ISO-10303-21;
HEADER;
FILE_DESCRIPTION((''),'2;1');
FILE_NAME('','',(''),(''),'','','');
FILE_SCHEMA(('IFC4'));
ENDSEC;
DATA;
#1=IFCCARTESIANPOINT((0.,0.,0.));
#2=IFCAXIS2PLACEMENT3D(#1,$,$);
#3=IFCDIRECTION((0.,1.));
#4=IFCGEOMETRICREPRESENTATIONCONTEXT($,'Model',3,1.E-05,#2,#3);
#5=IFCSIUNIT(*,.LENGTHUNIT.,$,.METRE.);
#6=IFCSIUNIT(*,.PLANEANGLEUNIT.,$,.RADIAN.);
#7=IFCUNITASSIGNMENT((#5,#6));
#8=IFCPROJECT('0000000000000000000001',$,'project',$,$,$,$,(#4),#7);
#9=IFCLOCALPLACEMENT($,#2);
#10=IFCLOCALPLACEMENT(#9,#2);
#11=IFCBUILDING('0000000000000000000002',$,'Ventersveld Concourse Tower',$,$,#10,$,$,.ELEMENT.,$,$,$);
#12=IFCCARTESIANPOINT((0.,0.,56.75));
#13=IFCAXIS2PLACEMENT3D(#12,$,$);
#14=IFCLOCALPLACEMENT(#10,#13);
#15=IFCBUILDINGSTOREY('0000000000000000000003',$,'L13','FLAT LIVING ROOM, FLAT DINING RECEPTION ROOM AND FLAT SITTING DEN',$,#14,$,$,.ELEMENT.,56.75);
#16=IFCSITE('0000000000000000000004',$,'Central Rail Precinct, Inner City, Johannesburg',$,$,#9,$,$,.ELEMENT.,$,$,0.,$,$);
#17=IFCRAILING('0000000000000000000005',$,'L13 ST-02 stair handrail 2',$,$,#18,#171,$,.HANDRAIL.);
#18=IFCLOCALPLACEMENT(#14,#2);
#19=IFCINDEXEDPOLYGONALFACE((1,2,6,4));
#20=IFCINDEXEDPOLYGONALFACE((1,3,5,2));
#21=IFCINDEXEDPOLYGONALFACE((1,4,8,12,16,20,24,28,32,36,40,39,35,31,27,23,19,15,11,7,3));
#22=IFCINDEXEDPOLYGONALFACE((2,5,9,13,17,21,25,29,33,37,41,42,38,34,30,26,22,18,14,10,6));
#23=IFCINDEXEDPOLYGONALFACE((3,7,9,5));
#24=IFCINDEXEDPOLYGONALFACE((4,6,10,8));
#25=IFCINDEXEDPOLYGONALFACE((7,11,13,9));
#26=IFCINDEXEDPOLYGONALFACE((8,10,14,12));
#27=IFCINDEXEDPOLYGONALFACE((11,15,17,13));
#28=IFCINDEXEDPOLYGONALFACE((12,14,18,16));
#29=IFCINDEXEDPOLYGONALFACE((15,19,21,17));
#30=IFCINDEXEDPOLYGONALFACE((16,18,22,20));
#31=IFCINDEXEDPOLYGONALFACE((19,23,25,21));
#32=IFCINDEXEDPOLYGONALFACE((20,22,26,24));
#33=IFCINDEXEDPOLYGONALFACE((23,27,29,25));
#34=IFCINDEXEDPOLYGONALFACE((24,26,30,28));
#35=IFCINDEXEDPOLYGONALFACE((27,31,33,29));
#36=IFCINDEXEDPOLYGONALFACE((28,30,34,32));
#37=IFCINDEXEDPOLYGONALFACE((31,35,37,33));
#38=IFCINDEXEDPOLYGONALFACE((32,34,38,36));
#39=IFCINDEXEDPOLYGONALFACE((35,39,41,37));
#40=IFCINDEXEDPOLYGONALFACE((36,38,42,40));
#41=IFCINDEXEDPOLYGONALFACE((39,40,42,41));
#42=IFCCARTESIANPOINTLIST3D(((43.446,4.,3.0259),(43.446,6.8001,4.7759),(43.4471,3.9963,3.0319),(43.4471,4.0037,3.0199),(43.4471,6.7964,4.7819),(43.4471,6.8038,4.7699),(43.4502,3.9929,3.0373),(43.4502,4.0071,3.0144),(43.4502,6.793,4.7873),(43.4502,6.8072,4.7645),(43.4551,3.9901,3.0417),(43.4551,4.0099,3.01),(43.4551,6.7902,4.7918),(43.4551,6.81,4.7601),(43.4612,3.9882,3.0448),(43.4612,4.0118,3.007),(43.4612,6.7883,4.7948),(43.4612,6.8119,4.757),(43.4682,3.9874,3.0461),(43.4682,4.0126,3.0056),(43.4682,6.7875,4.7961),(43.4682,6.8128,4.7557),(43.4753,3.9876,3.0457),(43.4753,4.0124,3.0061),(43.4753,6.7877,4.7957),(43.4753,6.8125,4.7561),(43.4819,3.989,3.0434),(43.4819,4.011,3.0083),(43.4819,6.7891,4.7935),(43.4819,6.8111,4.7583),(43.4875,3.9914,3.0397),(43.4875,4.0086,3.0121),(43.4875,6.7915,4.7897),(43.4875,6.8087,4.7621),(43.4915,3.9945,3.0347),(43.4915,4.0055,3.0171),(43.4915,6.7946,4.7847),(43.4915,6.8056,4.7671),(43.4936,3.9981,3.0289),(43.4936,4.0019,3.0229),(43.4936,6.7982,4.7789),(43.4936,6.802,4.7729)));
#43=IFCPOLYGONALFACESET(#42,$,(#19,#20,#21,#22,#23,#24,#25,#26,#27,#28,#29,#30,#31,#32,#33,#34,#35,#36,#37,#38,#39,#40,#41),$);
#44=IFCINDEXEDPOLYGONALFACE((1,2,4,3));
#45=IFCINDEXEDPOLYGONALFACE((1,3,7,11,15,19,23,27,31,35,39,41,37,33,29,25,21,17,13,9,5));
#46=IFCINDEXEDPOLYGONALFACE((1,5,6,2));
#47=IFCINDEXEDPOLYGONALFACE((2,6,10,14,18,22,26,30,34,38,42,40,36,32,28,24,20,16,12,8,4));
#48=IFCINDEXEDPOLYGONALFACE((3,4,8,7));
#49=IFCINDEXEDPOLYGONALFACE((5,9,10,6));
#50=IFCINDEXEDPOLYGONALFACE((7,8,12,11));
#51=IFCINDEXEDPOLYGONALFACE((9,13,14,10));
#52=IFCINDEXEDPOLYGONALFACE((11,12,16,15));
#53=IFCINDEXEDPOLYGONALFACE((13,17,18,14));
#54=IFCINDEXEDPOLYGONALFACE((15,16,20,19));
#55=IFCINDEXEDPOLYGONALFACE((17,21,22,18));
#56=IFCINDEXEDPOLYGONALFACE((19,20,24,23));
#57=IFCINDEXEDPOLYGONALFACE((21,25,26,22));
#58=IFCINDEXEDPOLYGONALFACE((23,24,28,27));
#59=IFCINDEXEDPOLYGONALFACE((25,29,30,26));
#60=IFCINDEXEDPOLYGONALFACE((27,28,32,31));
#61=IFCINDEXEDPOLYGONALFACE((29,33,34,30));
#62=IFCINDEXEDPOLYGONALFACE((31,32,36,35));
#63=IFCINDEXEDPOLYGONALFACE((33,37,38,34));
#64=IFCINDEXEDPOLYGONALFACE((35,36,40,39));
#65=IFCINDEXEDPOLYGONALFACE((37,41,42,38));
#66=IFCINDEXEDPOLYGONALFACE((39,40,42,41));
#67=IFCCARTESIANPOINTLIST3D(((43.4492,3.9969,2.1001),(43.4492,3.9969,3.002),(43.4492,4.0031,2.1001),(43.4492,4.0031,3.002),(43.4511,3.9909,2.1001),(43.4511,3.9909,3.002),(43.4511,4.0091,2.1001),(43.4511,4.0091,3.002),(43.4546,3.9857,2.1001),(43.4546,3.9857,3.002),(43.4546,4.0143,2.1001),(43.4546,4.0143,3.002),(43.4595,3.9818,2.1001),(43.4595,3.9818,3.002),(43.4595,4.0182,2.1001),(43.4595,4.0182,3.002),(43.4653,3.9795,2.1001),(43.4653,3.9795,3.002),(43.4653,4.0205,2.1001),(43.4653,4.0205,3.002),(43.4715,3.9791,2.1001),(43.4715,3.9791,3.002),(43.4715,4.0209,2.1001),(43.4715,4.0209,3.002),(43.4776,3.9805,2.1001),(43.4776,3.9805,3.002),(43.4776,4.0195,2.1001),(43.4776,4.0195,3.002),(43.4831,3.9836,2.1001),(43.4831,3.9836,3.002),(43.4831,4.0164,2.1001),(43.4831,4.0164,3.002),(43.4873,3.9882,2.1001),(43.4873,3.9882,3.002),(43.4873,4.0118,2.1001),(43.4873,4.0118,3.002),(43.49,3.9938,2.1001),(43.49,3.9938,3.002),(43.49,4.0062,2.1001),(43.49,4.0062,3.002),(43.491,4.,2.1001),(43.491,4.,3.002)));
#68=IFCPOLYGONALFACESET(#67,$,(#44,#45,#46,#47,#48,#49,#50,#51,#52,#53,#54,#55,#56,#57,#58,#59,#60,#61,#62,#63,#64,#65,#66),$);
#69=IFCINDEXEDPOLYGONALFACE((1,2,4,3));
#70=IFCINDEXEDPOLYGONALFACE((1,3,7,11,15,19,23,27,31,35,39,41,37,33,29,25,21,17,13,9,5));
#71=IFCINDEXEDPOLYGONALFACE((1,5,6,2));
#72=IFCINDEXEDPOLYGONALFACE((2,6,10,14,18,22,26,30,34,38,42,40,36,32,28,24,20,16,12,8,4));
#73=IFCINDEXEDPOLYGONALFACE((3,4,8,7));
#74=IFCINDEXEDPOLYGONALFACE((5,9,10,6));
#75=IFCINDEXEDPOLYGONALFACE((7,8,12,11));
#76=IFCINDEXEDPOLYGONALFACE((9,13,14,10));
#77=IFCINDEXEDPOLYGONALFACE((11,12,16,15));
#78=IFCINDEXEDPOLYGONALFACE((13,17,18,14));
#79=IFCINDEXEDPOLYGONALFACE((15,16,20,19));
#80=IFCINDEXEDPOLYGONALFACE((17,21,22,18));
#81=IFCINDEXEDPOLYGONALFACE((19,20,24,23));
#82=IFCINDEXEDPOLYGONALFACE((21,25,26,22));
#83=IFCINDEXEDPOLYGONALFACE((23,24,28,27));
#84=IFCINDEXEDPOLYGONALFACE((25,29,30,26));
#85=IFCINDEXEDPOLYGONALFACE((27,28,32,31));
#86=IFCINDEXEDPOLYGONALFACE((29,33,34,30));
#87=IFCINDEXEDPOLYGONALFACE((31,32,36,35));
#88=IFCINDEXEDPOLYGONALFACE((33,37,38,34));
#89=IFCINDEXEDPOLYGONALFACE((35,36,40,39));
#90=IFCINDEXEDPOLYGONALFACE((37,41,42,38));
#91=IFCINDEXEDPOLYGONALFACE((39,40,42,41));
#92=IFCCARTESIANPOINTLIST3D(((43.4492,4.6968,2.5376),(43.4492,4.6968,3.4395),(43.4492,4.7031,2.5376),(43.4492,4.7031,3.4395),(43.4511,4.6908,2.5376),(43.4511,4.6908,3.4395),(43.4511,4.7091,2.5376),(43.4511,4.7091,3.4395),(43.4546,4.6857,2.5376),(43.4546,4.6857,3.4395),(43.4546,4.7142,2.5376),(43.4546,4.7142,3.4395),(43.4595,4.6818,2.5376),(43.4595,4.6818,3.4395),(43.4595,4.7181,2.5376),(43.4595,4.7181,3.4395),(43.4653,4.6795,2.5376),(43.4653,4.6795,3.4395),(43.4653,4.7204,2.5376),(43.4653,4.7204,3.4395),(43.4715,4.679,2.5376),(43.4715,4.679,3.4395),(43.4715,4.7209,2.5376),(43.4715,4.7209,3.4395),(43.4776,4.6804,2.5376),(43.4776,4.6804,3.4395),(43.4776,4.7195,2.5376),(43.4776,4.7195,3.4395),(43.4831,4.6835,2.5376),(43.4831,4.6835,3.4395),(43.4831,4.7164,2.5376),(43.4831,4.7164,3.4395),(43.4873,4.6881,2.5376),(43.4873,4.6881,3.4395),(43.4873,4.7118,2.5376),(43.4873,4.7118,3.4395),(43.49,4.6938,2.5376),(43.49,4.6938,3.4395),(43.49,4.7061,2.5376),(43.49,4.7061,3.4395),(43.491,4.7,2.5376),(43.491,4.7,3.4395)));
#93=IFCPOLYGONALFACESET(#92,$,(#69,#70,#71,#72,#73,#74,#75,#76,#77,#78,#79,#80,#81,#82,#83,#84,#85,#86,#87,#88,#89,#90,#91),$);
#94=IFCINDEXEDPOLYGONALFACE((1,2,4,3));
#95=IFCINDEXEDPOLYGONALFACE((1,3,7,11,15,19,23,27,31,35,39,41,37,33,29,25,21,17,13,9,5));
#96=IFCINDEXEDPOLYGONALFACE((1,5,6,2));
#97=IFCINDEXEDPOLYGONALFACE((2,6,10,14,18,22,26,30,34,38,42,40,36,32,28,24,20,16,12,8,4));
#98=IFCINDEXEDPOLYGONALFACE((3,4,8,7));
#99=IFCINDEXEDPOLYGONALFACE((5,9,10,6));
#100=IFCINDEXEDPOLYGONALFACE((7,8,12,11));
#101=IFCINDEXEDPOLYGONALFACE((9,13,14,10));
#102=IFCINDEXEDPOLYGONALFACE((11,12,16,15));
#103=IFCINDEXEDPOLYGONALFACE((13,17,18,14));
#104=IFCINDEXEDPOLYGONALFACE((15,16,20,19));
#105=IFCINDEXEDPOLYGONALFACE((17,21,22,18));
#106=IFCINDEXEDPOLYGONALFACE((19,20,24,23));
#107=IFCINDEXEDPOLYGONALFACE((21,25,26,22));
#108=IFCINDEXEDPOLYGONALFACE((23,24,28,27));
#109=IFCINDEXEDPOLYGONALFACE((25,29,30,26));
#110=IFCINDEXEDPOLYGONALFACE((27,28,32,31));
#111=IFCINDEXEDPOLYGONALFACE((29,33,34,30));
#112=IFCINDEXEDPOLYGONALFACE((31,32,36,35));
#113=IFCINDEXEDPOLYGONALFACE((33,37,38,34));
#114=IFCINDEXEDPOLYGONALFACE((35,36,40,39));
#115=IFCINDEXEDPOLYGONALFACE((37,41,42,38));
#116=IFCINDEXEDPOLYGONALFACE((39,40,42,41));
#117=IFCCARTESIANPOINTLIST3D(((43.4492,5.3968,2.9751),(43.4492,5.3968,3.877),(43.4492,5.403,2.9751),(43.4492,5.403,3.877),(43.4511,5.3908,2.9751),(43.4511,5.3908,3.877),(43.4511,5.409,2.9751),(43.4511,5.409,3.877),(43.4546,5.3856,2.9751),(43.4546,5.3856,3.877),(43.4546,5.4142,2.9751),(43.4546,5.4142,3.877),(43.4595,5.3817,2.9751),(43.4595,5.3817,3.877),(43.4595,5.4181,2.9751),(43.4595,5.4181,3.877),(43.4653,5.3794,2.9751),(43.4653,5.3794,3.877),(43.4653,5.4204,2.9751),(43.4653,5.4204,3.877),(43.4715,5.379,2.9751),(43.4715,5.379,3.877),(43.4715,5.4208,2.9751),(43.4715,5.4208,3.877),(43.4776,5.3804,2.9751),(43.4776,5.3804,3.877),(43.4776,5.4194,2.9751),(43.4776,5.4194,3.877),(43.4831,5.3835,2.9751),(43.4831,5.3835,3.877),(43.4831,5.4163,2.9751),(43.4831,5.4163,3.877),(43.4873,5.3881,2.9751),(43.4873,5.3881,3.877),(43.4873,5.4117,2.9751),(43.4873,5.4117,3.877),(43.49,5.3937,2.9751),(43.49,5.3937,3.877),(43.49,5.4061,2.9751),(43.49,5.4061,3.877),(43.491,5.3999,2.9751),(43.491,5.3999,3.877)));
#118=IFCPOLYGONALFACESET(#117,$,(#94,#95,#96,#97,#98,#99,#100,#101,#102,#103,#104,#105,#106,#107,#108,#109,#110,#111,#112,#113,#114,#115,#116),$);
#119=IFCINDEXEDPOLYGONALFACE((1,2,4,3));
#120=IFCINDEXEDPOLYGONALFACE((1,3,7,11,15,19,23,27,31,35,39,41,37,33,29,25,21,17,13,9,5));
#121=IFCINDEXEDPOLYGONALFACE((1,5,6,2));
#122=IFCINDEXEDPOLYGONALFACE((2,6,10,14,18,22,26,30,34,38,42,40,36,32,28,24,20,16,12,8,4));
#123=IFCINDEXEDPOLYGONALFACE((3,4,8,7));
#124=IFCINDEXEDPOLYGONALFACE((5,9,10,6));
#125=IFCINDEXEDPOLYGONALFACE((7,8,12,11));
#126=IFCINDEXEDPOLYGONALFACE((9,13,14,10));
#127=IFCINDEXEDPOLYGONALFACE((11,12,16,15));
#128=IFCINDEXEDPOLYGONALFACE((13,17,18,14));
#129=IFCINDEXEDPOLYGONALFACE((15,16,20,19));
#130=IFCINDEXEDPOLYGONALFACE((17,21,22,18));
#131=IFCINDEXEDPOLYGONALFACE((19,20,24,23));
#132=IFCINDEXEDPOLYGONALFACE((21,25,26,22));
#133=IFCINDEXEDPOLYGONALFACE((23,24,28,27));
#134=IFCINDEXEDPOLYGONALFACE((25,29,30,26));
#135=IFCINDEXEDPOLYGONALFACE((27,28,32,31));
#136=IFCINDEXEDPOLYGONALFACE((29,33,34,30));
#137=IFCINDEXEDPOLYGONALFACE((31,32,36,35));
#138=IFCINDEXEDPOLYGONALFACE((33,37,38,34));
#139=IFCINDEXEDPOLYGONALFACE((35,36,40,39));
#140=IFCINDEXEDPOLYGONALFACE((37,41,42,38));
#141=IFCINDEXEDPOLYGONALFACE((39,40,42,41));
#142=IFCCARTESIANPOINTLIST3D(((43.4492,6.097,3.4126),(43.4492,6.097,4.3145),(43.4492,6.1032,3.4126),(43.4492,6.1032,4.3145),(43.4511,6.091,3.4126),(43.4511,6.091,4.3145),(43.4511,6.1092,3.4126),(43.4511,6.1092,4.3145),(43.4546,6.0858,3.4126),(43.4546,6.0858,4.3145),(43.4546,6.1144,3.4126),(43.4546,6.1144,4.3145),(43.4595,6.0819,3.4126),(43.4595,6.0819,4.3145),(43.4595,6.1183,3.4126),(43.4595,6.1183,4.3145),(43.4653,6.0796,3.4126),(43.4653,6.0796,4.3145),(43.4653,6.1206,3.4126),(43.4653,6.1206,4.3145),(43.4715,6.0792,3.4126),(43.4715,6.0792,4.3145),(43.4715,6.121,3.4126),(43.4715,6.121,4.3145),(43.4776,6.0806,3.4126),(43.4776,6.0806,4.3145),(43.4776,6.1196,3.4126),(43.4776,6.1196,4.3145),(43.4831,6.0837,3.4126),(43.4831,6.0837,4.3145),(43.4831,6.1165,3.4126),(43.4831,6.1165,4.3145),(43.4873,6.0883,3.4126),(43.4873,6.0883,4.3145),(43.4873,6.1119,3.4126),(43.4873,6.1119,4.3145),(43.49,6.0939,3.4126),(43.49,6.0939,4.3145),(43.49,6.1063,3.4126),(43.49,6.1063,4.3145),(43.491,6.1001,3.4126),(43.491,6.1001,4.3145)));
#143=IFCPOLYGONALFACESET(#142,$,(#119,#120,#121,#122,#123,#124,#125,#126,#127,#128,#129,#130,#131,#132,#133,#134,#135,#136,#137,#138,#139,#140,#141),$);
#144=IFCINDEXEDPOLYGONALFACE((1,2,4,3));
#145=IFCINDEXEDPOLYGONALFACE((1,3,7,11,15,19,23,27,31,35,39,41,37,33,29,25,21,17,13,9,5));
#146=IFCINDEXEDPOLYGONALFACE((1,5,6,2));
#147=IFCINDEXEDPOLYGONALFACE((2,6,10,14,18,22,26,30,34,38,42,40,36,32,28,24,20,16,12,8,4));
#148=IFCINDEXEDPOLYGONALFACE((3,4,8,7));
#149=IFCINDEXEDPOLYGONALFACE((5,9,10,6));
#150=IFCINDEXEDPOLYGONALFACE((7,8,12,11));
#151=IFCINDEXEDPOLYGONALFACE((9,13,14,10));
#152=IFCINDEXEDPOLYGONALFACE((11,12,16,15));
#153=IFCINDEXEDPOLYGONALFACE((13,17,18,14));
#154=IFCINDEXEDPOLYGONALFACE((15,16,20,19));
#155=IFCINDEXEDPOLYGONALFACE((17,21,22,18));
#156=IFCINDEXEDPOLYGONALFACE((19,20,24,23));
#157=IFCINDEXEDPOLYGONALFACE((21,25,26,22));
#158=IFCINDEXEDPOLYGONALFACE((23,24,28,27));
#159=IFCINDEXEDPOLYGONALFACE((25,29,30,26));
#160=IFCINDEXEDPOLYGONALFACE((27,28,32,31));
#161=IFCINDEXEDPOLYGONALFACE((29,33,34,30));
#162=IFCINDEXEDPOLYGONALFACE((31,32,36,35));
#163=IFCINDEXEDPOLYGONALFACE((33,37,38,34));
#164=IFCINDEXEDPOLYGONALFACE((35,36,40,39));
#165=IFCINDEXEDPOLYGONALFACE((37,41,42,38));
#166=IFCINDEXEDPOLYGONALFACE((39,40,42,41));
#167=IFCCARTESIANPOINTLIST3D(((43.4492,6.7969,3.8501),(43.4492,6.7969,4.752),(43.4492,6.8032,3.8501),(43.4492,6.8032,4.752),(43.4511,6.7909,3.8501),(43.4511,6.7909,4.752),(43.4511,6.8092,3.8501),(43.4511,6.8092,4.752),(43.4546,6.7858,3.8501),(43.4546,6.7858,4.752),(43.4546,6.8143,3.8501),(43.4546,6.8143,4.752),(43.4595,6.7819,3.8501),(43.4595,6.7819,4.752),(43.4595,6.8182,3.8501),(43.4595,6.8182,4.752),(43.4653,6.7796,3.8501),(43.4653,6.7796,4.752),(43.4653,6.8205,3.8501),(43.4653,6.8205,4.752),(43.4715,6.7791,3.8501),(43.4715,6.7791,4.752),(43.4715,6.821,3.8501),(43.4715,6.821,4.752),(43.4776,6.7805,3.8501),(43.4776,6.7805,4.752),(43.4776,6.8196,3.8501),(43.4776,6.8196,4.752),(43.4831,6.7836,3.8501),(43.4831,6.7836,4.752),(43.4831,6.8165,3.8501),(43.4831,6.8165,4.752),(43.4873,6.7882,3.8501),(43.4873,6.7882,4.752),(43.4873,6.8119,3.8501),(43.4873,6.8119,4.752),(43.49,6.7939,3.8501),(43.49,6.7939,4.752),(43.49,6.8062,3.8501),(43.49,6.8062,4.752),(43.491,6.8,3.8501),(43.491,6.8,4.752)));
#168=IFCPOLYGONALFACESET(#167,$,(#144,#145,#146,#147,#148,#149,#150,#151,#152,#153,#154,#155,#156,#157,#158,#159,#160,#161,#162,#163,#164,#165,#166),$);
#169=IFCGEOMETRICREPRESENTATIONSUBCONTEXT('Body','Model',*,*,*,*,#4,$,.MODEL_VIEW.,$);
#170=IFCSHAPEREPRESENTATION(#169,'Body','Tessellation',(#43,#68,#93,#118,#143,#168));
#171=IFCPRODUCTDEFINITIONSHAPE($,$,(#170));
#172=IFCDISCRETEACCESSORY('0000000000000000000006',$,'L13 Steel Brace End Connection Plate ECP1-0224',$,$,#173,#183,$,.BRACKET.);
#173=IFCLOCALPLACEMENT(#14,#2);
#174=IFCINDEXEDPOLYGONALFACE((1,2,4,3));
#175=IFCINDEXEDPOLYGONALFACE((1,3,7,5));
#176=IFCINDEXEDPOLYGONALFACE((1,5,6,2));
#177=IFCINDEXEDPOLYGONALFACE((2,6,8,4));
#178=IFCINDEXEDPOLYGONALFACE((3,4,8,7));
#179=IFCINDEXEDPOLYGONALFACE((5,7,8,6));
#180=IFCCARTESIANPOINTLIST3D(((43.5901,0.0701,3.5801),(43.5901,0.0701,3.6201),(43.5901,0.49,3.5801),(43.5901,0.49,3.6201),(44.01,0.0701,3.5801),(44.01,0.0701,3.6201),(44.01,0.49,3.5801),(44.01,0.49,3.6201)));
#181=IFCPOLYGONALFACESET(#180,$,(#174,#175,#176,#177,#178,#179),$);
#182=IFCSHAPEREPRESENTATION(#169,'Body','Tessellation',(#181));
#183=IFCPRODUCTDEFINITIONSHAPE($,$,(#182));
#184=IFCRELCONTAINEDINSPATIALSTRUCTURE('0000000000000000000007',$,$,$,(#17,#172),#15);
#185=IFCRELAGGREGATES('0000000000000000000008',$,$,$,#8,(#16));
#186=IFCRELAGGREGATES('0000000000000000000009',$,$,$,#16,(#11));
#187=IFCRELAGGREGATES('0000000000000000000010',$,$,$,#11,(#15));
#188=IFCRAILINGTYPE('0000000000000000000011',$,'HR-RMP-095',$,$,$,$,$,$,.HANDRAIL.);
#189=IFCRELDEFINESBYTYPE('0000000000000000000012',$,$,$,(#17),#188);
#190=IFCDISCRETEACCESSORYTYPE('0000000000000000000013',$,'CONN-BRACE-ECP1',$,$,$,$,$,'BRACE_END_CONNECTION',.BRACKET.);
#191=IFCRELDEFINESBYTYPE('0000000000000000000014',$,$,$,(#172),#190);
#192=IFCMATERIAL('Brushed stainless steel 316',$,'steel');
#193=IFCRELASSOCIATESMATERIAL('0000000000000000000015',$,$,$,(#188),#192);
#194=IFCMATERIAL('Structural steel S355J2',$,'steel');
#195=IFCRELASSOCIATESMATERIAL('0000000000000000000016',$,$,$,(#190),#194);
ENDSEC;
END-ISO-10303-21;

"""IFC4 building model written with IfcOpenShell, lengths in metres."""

from ifc_helpers import new_model, si_unit, direction, frame, origin, origin_2d, place, context, subcontext, project, spatial, rectangle, circle, extrude, material, type_object, element, save


model = new_model("IFC4")

# Units and contexts
model_context = context("Model", 3, precision=1e-05, world=origin(), true_north=direction((0.0, 1.0)))
body_context = subcontext(model_context, "Body", "Model", "MODEL_VIEW")
ifc_project = project(units=[si_unit("LENGTHUNIT", "METRE"), si_unit("PLANEANGLEUNIT", "RADIAN")], contexts=[model_context])

# Site, building, storey
site_placement = place(None, origin())
site = spatial("IfcSite", under=ifc_project, at=site_placement, Name="Central Rail Precinct, Inner City, Johannesburg", CompositionType="ELEMENT", RefElevation=0.0)
building_placement = place(site_placement, origin())
building = spatial("IfcBuilding", under=site, at=building_placement, Name="Ventersveld Concourse Tower", CompositionType="ELEMENT")
storey_placement = place(building_placement, frame((0.0, 0.0, 56.75)))
storey = spatial("IfcBuildingStorey", under=building, at=storey_placement, Name="L13", Description="FLAT LIVING ROOM, FLAT DINING RECEPTION ROOM AND FLAT SITTING DEN", CompositionType="ELEMENT", Elevation=56.75)

# Shared definitions
ifc_material_1 = material(Name="Structural steel S355J2", Category="steel")

# Railing
ifc_material_2 = material(Name="Brushed stainless steel 316", Category="steel")
railing_type_1 = type_object("IfcRailingType", Name="HR-RMP-095", PredefinedType="HANDRAIL", material=ifc_material_2)
railing_1_placement = place(storey_placement, frame((43.47, 4.0, 2.1001)))
element("IfcRailing", 1, at=railing_1_placement, inside=storey, type_object=railing_type_1, Name="L13 ST-02 stair handrail 2", PredefinedType="HANDRAIL", context=body_context, shape_type="SweptSolid", body=[
    extrude(circle(Radius=0.0239, at=origin_2d()), frame((0.0, 0.0, 0.9258), z_axis=(0.0, 0.848002, 0.529992), x_axis=(-1.0, 0.0, 0.0)), (0.0, 0.0, 1.0), 3.302),
    extrude(circle(Radius=0.021, at=origin_2d()), origin(), (0.0, 0.0, 1.0), 0.9019),
    extrude(circle(Radius=0.021, at=origin_2d()), frame((0.0, 0.7, 0.4375)), (0.0, 0.0, 1.0), 0.9019),
    extrude(circle(Radius=0.021, at=origin_2d()), frame((0.0, 1.3999, 0.875)), (0.0, 0.0, 1.0), 0.9019),
    extrude(circle(Radius=0.021, at=origin_2d()), frame((0.0, 2.1001, 1.3125)), (0.0, 0.0, 1.0), 0.9019),
    extrude(circle(Radius=0.021, at=origin_2d()), frame((0.0, 2.8, 1.75)), (0.0, 0.0, 1.0), 0.9019),
])

# Discrete accessory
discrete_accessory_type = type_object("IfcDiscreteAccessoryType", Name="CONN-BRACE-ECP1", ElementType="BRACE_END_CONNECTION", PredefinedType="BRACKET", material=ifc_material_1)
discrete_accessory_placement = place(storey_placement, frame((43.8, 0.28, 3.5801), z_axis=(0.0, 0.0, 1.0), x_axis=(1.0, 0.0, 0.0)))
element("IfcDiscreteAccessory", 2, at=discrete_accessory_placement, inside=storey, type_object=discrete_accessory_type, Name="L13 Steel Brace End Connection Plate ECP1-0224", PredefinedType="BRACKET", context=body_context, shape_type="SweptSolid", body=[
    extrude(rectangle(XDim=0.4199, YDim=0.4199, at=origin_2d()), origin(), (0.0, 0.0, 1.0), 0.04),
])

save(model, "model.ifc")
